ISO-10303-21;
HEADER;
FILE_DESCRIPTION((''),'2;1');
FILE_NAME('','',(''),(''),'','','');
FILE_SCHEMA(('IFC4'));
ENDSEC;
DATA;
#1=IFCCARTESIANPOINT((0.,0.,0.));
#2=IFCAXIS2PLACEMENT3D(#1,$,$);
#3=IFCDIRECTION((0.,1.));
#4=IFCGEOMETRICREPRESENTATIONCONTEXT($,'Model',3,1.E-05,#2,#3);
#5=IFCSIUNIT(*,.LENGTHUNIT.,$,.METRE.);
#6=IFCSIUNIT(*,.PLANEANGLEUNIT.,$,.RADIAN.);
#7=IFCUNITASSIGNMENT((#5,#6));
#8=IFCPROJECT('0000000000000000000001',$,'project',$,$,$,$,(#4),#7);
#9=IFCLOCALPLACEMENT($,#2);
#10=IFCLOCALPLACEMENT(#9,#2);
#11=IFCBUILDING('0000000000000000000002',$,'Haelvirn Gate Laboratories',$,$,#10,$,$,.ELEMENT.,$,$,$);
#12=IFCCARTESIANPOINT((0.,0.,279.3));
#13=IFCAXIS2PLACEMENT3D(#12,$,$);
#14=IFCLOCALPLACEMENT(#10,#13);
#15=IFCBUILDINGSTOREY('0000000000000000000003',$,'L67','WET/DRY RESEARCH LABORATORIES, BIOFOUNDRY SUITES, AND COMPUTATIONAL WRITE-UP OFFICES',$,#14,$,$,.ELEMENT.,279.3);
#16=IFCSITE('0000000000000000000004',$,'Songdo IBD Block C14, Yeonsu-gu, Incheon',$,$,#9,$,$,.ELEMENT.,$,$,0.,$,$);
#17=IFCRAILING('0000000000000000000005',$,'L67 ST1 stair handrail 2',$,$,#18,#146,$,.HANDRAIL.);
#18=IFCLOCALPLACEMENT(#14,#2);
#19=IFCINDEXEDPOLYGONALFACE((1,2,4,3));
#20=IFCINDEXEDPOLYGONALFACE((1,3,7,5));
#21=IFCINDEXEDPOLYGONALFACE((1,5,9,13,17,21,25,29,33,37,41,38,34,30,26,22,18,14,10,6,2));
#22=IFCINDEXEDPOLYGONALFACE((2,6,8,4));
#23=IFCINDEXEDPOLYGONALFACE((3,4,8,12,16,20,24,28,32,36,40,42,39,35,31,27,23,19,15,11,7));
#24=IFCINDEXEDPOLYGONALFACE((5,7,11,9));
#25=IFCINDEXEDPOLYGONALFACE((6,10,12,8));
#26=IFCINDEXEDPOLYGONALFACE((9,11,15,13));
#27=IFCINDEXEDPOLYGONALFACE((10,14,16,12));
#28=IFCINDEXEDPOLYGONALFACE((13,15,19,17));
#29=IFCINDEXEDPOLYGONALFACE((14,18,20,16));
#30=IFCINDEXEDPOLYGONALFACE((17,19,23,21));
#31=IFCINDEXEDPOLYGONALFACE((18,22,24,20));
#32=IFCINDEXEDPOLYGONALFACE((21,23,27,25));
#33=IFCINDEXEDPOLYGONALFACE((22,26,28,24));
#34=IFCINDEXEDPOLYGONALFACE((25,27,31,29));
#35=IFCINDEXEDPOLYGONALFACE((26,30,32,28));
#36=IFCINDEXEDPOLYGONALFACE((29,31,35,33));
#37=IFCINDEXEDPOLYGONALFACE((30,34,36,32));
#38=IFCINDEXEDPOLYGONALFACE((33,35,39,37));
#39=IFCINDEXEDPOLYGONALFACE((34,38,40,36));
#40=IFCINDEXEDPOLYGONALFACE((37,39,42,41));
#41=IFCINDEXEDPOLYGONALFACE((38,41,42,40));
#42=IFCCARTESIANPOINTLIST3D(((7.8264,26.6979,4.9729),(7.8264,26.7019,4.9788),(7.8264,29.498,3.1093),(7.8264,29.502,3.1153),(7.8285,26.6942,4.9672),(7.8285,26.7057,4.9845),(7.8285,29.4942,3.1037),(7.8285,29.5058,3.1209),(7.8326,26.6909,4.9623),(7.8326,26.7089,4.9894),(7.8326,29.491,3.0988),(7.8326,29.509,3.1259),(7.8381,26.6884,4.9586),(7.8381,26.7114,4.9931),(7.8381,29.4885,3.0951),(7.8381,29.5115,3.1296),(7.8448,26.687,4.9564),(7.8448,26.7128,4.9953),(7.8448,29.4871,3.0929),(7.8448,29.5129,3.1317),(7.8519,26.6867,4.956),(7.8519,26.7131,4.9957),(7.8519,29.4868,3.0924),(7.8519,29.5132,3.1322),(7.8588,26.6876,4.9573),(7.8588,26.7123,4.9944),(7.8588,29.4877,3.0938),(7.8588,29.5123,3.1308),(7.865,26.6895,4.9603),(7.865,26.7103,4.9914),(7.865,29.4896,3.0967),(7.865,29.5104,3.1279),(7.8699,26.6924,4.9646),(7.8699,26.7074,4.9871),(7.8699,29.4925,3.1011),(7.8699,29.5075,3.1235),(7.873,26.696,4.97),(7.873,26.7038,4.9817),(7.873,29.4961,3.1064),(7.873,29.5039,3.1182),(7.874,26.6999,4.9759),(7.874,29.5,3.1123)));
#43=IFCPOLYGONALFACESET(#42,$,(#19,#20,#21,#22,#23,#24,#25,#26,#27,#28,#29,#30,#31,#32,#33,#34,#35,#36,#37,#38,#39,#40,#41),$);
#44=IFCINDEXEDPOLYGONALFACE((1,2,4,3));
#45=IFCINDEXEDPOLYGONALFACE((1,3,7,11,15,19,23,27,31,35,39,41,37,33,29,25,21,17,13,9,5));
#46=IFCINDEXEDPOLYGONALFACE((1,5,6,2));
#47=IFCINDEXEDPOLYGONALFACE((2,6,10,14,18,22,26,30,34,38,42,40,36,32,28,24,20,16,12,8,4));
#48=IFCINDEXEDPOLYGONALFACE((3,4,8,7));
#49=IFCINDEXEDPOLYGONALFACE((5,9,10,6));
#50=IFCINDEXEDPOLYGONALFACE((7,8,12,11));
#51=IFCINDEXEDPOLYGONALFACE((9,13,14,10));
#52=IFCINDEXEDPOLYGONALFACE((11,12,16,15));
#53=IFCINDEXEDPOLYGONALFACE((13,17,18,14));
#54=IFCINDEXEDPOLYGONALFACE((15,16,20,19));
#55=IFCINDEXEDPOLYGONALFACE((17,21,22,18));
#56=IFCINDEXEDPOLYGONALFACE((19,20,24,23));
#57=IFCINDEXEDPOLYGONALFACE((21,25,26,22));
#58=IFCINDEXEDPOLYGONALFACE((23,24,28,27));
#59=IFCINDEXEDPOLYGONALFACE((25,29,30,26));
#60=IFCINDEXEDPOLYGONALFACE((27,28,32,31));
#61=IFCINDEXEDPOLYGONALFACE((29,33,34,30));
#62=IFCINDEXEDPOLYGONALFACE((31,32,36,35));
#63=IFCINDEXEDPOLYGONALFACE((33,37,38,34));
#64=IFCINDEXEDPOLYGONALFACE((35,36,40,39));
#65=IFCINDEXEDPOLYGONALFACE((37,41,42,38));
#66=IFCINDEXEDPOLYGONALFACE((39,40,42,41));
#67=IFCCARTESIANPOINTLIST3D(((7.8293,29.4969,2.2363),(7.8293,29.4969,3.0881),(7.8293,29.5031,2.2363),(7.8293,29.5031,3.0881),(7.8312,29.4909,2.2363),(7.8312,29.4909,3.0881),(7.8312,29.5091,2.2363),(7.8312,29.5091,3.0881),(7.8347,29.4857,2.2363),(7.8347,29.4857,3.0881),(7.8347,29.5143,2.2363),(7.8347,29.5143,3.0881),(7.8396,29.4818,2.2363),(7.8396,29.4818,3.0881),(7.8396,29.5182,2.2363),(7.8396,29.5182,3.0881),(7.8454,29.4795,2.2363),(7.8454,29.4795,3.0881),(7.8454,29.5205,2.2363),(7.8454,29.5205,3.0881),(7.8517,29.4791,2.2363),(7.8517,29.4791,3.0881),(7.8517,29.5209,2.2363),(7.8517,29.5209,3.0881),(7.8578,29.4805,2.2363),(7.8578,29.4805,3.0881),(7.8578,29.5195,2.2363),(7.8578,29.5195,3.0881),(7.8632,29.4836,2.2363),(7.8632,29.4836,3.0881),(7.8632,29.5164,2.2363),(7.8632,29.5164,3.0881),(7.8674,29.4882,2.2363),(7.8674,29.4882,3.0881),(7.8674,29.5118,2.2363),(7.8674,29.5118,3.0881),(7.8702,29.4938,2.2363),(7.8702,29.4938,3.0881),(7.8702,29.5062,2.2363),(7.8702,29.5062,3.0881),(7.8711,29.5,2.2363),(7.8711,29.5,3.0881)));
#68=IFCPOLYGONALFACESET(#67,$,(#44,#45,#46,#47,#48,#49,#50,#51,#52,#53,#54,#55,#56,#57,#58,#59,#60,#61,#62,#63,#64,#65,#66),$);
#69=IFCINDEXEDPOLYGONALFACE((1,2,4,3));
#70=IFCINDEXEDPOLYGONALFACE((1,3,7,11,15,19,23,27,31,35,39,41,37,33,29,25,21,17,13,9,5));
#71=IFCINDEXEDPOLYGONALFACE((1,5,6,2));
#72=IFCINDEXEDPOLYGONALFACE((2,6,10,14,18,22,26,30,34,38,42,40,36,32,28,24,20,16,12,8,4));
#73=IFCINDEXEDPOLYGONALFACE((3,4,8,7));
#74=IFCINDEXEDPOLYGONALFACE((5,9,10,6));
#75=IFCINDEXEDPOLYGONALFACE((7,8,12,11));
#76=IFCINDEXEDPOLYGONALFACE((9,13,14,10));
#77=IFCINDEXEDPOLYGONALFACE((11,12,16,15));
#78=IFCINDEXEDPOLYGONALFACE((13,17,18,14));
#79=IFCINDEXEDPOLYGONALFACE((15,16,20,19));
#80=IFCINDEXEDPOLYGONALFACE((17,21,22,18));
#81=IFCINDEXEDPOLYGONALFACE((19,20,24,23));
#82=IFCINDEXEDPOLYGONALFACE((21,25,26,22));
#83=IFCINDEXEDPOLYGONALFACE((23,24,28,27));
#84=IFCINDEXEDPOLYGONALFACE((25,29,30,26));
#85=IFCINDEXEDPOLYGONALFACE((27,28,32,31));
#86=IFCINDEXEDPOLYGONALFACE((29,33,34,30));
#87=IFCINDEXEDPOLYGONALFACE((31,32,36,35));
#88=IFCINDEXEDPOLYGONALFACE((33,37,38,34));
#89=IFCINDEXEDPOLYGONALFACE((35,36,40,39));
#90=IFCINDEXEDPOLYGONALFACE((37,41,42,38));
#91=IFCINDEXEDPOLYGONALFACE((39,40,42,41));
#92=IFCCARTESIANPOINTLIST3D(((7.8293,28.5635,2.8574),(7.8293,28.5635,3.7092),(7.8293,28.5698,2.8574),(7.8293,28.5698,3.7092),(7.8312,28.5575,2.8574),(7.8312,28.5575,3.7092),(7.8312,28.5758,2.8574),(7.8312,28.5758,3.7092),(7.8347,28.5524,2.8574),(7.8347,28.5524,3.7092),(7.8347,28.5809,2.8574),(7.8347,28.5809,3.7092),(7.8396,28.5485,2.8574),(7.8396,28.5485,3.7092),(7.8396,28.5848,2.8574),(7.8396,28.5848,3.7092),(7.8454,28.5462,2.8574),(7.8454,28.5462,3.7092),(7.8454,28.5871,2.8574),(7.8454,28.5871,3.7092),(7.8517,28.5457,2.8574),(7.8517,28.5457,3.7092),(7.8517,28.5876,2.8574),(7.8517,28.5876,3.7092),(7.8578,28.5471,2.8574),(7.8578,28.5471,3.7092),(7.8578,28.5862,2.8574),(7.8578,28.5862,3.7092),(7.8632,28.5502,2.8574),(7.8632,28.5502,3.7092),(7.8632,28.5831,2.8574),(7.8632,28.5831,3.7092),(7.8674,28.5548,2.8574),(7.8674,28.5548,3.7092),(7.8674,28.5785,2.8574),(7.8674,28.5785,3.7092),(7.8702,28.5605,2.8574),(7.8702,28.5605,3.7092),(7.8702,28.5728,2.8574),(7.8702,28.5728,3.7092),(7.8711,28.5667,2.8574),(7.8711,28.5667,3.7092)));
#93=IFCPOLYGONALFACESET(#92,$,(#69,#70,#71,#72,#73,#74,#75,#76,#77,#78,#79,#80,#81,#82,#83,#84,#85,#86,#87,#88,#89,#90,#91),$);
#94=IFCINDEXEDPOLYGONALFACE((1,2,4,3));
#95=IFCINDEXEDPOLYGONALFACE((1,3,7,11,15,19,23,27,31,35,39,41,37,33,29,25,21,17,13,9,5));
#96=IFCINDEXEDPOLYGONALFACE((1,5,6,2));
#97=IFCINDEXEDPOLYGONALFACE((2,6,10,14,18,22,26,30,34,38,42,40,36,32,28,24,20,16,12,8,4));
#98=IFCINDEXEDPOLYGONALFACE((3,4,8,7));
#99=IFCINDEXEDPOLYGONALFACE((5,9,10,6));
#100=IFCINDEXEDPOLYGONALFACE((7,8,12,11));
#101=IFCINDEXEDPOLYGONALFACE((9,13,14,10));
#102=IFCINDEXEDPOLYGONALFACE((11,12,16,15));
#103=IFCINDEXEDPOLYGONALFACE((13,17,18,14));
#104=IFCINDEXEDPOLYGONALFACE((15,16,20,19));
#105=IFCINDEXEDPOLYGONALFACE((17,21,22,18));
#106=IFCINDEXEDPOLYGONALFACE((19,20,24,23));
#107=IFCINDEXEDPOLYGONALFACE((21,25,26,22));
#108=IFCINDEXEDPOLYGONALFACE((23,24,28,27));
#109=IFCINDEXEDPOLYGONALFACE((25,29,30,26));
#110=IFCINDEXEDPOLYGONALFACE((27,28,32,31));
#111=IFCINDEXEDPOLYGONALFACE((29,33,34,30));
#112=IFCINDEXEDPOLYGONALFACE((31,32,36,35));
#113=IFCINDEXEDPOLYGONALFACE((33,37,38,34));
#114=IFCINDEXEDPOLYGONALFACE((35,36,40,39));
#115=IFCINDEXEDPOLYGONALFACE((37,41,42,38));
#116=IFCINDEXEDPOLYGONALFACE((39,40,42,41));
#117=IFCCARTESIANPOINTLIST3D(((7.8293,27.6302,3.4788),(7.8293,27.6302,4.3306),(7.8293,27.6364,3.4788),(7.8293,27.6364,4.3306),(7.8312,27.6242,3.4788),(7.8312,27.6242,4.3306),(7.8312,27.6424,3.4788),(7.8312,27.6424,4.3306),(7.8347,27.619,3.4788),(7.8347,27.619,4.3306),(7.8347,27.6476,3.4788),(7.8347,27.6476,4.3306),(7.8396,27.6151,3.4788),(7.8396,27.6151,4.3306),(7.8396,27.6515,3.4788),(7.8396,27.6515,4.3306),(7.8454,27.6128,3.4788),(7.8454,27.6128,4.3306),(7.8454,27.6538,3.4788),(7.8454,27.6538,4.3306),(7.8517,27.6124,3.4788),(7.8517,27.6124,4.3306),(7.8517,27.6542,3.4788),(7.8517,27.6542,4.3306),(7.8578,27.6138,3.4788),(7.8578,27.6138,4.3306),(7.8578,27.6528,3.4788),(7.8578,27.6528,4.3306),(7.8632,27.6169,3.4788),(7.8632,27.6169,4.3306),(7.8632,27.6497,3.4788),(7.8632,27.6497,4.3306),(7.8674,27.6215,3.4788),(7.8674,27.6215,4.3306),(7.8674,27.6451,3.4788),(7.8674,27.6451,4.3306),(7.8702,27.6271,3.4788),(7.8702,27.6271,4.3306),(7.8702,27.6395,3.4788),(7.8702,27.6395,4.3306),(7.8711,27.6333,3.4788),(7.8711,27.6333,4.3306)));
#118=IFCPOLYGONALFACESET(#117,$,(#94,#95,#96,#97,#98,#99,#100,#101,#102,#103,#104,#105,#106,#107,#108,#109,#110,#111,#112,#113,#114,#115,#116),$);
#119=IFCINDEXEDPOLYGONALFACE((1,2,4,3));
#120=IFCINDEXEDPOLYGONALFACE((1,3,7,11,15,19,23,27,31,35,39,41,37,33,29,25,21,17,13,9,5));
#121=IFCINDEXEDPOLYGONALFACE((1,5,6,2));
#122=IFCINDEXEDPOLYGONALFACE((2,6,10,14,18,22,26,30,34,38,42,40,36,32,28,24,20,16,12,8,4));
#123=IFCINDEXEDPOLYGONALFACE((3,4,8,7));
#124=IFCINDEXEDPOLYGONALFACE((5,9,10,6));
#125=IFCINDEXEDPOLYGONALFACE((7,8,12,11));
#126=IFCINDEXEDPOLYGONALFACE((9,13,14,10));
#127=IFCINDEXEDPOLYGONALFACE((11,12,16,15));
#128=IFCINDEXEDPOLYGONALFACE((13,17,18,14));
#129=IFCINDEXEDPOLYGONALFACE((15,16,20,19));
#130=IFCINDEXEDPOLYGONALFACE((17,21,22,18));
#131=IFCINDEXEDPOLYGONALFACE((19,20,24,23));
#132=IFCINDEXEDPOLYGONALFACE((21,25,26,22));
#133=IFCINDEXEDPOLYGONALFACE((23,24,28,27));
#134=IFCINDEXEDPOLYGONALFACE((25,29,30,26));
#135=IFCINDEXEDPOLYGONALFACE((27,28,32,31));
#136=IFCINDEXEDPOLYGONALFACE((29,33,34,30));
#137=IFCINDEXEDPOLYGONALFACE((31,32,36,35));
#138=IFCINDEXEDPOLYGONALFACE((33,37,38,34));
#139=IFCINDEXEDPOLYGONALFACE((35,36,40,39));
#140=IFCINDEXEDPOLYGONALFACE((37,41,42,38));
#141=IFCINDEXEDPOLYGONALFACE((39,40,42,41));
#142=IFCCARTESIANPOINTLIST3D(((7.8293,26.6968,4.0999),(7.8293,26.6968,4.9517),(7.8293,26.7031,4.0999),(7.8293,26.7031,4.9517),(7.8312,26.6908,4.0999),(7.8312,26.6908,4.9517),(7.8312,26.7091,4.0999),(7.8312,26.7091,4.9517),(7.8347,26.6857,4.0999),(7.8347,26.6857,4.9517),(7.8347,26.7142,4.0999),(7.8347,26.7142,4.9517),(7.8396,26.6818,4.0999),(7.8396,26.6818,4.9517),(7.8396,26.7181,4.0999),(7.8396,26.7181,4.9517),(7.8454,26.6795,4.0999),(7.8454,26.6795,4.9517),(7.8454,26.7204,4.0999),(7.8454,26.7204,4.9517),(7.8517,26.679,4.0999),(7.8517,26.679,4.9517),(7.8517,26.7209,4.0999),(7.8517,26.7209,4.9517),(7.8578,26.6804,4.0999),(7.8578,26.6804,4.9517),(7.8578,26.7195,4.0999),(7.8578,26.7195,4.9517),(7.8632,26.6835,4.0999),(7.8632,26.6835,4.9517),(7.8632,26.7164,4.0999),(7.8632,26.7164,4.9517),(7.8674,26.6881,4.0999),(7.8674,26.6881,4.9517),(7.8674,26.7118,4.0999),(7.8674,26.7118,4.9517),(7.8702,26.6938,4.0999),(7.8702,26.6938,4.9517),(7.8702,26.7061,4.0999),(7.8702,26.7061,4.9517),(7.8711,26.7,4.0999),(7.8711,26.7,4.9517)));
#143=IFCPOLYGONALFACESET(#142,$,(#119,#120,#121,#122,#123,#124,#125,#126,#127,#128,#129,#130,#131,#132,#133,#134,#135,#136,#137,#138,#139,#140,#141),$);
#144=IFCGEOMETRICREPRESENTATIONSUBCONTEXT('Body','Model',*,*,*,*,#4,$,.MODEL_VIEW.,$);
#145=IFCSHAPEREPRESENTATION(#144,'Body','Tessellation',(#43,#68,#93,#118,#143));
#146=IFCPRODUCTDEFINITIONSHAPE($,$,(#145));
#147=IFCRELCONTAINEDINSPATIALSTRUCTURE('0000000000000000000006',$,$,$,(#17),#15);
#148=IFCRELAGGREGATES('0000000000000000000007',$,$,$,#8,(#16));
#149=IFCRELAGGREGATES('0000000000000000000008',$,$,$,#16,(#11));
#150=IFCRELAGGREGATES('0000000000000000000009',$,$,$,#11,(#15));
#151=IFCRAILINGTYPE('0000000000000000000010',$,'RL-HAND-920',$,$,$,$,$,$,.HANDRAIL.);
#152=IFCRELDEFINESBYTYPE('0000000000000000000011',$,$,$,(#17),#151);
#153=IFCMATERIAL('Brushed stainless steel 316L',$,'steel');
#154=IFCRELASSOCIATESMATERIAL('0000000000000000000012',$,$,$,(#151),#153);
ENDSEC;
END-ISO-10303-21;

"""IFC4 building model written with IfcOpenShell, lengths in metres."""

from ifc_helpers import new_model, si_unit, direction, frame, origin, origin_2d, place, context, subcontext, project, spatial, circle, extrude, source, transform, mapped, material, type_object, element, save


model = new_model("IFC4")

# Units and contexts
model_context = context("Model", 3, precision=1e-05, world=origin(), true_north=direction((0.0, 1.0)))
body_context = subcontext(model_context, "Body", "Model", "MODEL_VIEW")
ifc_project = project(units=[si_unit("LENGTHUNIT", "METRE"), si_unit("PLANEANGLEUNIT", "RADIAN")], contexts=[model_context])

# Site, building, storey
site_placement = place(None, origin())
site = spatial("IfcSite", under=ifc_project, at=site_placement, Name="Songdo IBD Block C14, Yeonsu-gu, Incheon", CompositionType="ELEMENT", RefElevation=0.0)
building_placement = place(site_placement, origin())
building = spatial("IfcBuilding", under=site, at=building_placement, Name="Haelvirn Gate Laboratories", CompositionType="ELEMENT")
storey_placement = place(building_placement, frame((0.0, 0.0, 279.3)))
storey = spatial("IfcBuildingStorey", under=building, at=storey_placement, Name="L67", Description="WET/DRY RESEARCH LABORATORIES, BIOFOUNDRY SUITES, AND COMPUTATIONAL WRITE-UP OFFICES", CompositionType="ELEMENT", Elevation=279.3)

# Railing
ifc_material_1 = material(Name="Brushed stainless steel 316L", Category="steel")
railing_type_1 = type_object("IfcRailingType", Name="RL-HAND-920", PredefinedType="HANDRAIL", material=ifc_material_1)
shared_shape_1 = source(origin(), body_context, "Body", "SweptSolid", [
    extrude(circle(Radius=0.0239, at=origin_2d()), frame((0.0, 0.0, 0.876), z_axis=(0.0, -0.832486, 0.554047), x_axis=(1.0, 0.0, 0.0)), (0.0, 0.0, 1.0), 3.3635),
    extrude(circle(Radius=0.021, at=origin_2d()), origin(), (0.0, 0.0, 1.0), 0.8518),
    extrude(circle(Radius=0.021, at=origin_2d()), frame((0.0, -0.9333, 0.6211)), (0.0, 0.0, 1.0), 0.8518),
    extrude(circle(Radius=0.021, at=origin_2d()), frame((0.0, -1.8667, 1.2424)), (0.0, 0.0, 1.0), 0.8518),
    extrude(circle(Radius=0.021, at=origin_2d()), frame((0.0, -2.8, 1.8635)), (0.0, 0.0, 1.0), 0.8518),
])
railing_1_placement = place(storey_placement, frame((7.8501, 29.5, 2.2363)))
element("IfcRailing", 1, at=railing_1_placement, inside=storey, type_object=railing_type_1, Name="L67 ST1 stair handrail 2", PredefinedType="HANDRAIL", context=body_context, shape_type="MappedRepresentation", body=[
    mapped(shared_shape_1, transform((0.0, 0.0, 0.0), scale=1.0)),
])

save(model, "model.ifc")
